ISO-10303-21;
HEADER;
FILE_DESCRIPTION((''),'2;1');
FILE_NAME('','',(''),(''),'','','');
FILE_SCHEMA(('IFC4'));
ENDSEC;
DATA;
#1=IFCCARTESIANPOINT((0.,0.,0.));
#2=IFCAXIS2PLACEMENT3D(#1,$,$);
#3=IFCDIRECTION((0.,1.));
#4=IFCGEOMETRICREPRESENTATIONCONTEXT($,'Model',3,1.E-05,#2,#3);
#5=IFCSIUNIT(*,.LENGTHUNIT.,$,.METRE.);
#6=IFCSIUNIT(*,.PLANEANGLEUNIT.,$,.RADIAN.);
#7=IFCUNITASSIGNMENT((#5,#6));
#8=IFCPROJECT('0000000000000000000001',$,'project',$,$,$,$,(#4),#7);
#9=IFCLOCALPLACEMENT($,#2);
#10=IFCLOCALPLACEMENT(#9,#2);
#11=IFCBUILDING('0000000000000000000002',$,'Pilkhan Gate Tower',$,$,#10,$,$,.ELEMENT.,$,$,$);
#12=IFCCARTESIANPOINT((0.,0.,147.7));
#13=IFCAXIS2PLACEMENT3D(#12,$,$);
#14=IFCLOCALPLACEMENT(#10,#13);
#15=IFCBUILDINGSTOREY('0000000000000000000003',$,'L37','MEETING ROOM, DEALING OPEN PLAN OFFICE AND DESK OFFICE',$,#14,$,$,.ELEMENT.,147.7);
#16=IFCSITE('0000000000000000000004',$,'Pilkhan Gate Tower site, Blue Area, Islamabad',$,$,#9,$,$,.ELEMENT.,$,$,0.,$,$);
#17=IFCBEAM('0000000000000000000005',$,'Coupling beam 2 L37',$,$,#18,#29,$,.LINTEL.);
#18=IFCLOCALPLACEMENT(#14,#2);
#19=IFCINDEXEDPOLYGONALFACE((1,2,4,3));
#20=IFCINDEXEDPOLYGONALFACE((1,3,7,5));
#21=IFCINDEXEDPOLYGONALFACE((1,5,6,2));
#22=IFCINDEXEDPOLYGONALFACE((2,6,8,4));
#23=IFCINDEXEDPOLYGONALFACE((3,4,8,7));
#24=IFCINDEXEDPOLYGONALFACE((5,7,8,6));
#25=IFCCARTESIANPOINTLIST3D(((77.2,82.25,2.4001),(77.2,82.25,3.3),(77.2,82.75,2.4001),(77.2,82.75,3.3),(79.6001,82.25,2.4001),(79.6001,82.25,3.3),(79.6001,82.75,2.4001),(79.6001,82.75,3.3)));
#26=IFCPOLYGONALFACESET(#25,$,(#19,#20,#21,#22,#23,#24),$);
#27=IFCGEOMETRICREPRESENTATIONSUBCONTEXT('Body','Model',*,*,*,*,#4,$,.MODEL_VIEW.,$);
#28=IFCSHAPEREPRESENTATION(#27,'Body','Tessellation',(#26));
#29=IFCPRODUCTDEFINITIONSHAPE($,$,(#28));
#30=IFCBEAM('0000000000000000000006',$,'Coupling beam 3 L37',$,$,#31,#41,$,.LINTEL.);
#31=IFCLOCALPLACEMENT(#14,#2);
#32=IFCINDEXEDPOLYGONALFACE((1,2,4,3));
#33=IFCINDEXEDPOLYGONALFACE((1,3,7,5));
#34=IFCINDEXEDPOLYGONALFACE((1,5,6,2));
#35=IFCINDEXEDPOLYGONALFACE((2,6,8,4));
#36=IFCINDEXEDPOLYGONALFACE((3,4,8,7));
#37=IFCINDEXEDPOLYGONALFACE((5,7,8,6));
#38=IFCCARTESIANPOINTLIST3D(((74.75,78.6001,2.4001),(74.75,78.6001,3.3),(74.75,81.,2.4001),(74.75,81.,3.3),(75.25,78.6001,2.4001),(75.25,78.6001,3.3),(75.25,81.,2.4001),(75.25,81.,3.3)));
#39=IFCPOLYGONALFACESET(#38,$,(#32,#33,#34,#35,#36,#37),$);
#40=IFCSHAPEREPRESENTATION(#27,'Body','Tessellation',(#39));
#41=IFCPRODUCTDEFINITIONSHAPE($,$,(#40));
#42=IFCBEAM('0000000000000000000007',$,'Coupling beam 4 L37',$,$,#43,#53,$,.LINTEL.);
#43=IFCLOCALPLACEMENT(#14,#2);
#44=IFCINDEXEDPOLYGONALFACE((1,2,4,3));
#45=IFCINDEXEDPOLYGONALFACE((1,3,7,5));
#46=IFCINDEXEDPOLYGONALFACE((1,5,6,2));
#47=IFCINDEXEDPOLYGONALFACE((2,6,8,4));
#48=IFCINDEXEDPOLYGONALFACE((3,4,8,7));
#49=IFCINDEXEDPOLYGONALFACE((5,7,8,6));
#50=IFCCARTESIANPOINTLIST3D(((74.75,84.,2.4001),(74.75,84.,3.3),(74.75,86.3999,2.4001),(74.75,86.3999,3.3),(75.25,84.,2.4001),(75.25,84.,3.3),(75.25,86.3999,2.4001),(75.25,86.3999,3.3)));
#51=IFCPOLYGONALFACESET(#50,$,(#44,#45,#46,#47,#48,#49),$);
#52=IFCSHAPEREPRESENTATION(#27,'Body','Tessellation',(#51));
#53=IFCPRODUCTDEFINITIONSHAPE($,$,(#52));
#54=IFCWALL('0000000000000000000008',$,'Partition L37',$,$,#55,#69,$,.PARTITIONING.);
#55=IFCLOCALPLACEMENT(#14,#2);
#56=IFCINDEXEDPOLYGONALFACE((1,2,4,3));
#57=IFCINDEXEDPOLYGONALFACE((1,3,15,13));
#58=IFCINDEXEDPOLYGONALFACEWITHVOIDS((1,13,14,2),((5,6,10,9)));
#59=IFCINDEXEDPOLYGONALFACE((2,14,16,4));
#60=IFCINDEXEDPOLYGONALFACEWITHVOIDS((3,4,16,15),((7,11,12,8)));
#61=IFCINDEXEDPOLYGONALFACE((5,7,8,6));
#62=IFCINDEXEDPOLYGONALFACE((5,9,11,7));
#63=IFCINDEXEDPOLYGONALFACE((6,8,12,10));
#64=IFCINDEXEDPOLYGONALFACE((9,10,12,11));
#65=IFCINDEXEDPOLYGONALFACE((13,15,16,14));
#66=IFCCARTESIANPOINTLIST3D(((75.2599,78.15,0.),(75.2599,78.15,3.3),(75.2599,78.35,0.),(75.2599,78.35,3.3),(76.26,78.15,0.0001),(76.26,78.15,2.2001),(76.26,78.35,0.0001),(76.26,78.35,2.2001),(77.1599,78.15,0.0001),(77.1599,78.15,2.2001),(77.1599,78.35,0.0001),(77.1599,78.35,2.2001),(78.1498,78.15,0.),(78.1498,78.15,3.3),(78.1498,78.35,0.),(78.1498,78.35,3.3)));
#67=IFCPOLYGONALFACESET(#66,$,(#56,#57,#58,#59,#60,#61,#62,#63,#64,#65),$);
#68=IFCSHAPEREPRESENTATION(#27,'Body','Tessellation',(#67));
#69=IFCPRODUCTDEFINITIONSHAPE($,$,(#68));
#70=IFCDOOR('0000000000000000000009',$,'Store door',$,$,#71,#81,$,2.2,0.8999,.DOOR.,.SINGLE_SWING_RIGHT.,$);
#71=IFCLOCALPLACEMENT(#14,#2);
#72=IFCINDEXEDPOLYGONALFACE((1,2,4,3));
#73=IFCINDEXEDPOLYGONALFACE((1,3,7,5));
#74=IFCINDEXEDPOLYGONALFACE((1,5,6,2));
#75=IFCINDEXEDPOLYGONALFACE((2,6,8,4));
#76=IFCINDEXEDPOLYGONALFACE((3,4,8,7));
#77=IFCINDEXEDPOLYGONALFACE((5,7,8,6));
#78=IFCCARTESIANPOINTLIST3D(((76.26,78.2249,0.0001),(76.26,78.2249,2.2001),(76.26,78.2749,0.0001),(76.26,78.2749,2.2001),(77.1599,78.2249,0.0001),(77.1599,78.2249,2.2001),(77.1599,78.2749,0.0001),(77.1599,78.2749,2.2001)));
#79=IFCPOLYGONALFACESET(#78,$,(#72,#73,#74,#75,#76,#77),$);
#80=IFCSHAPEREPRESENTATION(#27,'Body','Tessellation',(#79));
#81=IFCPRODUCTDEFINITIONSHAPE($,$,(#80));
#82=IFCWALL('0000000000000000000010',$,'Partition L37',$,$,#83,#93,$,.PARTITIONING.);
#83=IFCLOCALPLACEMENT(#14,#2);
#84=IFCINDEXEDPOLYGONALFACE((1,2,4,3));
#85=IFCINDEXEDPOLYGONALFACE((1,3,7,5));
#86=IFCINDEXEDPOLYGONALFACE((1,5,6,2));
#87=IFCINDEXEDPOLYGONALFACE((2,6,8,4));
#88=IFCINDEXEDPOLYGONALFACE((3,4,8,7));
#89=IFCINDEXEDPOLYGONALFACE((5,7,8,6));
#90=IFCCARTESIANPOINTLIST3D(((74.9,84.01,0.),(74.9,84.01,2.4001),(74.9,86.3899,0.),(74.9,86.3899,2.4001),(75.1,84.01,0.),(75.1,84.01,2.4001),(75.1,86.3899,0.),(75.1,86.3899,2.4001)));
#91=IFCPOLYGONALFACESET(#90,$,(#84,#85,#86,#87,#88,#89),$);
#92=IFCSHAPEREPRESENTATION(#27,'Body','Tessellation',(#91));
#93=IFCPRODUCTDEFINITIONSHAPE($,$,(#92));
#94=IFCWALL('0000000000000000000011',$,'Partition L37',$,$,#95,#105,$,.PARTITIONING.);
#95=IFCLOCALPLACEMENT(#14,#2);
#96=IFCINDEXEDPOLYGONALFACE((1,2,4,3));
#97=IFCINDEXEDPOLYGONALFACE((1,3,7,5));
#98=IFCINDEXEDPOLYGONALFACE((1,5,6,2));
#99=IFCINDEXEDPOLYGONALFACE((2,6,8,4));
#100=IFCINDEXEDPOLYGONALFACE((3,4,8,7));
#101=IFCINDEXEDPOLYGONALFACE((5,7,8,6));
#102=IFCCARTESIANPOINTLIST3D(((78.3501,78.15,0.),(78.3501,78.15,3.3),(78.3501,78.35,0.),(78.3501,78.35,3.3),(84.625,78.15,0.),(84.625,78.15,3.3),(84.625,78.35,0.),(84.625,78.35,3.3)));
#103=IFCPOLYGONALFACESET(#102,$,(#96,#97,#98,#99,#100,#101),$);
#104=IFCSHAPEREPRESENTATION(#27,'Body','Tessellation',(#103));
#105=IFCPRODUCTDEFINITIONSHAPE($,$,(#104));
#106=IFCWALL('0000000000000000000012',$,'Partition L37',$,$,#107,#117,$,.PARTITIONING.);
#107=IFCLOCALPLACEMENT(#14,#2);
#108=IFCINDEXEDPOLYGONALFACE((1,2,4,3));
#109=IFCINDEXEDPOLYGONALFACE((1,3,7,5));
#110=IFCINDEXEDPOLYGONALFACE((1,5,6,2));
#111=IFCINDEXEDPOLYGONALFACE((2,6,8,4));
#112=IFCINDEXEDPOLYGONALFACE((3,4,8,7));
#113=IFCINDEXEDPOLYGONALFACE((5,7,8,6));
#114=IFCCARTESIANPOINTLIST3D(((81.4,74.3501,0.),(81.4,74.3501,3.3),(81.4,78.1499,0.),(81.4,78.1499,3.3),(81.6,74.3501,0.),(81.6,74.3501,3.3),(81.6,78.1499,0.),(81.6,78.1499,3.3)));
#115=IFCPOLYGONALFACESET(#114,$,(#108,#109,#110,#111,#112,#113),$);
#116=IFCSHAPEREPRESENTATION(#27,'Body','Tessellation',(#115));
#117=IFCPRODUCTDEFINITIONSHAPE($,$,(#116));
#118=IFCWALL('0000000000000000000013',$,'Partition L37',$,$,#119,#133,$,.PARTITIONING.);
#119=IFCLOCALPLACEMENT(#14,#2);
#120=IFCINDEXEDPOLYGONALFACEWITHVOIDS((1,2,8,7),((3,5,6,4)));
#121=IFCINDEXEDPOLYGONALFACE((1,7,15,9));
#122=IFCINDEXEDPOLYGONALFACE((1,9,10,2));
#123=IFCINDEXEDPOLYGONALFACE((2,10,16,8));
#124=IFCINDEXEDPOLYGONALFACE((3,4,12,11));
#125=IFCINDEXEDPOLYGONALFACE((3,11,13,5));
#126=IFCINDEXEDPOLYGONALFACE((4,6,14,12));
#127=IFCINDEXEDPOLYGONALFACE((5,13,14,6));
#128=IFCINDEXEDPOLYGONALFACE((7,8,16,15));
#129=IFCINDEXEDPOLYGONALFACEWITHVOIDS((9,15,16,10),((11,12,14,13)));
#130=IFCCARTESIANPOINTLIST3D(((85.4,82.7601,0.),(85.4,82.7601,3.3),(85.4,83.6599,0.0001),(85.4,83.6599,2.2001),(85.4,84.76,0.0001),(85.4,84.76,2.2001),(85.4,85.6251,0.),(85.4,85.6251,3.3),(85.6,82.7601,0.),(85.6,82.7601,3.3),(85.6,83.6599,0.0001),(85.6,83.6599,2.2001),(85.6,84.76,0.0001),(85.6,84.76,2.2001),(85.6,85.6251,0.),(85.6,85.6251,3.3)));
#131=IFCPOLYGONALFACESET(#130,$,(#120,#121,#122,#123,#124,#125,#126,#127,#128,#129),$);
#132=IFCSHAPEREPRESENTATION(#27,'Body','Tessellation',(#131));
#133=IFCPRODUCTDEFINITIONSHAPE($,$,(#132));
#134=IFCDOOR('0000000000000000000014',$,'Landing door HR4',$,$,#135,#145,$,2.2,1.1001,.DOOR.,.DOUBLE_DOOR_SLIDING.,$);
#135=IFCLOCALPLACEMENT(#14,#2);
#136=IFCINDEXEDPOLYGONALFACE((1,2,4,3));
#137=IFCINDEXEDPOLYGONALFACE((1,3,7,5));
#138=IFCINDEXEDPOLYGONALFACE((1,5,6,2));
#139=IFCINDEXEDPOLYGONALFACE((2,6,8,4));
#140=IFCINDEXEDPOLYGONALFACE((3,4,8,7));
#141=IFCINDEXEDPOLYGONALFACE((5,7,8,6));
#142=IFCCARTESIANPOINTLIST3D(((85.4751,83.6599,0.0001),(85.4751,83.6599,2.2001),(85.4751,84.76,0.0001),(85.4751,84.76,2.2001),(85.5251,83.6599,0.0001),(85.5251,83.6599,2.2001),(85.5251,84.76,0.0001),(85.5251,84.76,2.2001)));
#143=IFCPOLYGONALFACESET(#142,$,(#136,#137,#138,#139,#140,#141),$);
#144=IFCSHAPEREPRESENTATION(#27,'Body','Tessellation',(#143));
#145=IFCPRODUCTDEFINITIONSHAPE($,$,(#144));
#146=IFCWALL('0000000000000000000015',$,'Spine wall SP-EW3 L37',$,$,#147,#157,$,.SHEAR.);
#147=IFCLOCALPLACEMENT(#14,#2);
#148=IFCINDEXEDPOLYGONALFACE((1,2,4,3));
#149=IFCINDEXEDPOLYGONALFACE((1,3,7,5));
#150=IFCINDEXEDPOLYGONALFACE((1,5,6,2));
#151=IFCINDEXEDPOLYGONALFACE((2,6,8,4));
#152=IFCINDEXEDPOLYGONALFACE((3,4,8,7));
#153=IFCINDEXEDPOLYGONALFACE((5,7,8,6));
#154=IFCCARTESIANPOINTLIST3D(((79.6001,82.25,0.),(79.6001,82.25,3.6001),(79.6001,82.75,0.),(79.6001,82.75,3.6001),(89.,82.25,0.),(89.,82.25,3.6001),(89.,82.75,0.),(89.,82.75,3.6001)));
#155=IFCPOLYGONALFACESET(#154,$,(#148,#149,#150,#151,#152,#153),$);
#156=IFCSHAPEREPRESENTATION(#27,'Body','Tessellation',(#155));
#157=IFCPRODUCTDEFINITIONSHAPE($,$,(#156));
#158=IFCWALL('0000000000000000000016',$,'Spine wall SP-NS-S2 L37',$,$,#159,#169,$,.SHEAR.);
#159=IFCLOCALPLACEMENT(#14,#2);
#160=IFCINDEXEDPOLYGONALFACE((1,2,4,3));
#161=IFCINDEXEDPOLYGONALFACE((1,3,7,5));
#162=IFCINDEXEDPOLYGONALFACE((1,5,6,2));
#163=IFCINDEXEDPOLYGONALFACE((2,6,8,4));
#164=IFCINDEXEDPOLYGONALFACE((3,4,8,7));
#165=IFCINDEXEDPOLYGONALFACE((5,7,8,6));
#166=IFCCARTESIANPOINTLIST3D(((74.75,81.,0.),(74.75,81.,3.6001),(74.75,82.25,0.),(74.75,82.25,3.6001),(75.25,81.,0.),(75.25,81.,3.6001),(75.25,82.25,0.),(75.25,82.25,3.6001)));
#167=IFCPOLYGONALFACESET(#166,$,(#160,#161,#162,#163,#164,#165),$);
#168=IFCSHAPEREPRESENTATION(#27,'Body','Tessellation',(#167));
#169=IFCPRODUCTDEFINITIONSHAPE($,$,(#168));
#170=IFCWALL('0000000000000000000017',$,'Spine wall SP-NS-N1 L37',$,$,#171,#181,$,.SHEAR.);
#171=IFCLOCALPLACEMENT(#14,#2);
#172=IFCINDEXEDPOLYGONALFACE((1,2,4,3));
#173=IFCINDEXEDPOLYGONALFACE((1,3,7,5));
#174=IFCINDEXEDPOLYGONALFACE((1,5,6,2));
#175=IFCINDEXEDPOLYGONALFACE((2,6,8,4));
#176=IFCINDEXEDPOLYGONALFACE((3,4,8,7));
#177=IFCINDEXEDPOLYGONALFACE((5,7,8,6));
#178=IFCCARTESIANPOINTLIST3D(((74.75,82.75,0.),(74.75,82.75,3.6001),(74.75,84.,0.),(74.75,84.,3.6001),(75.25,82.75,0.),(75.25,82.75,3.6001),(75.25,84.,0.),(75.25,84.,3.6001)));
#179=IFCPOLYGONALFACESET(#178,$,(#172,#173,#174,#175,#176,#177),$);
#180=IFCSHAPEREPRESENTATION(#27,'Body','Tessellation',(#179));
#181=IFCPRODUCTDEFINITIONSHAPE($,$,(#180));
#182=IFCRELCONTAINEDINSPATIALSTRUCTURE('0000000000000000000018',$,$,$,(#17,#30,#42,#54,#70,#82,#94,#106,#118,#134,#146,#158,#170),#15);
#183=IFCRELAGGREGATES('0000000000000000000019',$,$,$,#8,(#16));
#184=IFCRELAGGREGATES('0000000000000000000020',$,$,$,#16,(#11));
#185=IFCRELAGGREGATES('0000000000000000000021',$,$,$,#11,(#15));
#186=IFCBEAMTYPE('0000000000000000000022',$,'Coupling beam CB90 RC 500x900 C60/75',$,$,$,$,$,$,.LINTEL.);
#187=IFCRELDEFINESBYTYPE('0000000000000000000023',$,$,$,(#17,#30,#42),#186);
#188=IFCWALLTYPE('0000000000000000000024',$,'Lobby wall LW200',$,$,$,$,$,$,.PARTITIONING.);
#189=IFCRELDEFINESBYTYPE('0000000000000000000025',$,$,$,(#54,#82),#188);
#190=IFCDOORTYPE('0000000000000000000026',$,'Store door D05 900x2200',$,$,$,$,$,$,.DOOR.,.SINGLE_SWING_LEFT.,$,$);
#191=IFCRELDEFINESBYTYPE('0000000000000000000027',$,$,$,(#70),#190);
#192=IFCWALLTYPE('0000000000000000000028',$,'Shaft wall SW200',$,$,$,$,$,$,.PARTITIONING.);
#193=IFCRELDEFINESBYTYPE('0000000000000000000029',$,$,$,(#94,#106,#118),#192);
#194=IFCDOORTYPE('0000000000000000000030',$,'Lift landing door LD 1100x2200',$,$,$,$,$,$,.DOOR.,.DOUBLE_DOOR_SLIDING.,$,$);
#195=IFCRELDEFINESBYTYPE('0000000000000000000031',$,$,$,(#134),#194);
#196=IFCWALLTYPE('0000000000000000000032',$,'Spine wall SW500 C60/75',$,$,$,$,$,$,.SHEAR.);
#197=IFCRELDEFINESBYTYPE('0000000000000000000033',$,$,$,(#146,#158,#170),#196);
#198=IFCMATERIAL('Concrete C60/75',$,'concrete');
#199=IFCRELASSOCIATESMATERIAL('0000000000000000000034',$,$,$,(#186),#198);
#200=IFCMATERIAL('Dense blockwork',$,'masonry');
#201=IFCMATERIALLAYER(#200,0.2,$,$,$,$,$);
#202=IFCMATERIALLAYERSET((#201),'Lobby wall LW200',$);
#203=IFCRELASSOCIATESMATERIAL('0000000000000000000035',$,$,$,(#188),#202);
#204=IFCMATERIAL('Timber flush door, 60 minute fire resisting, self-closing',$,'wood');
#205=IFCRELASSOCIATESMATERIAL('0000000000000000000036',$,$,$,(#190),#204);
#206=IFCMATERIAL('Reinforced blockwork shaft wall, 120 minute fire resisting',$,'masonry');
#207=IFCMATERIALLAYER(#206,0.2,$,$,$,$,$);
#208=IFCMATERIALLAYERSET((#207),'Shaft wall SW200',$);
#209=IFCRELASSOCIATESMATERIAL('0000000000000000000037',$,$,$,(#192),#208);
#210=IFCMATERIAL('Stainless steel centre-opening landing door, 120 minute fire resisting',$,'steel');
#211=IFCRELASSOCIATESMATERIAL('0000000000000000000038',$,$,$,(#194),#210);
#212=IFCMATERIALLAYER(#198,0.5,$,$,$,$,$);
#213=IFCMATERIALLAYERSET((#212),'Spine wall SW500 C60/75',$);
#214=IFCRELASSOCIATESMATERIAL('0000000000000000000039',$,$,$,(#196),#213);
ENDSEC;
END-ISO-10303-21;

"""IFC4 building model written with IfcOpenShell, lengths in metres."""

from ifc_helpers import new_model, si_unit, direction, frame, frame_2d, origin, origin_2d, place, context, subcontext, project, spatial, rectangle, extrude, material, layer, layer_set, material_profile, profile_set, type_object, element, fill, save


model = new_model("IFC4")

# Units and contexts
model_context = context("Model", 3, precision=1e-05, world=origin(), true_north=direction((0.0, 1.0)))
body_context = subcontext(model_context, "Body", "Model", "MODEL_VIEW")
ifc_project = project(units=[si_unit("LENGTHUNIT", "METRE"), si_unit("PLANEANGLEUNIT", "RADIAN")], contexts=[model_context])

# Site, building, storey
site_placement = place(None, origin())
site = spatial("IfcSite", under=ifc_project, at=site_placement, Name="Pilkhan Gate Tower site, Blue Area, Islamabad", CompositionType="ELEMENT", RefElevation=0.0)
building_placement = place(site_placement, origin())
building = spatial("IfcBuilding", under=site, at=building_placement, Name="Pilkhan Gate Tower", CompositionType="ELEMENT")
storey_placement = place(building_placement, frame((0.0, 0.0, 147.7)))
storey = spatial("IfcBuildingStorey", under=building, at=storey_placement, Name="L37", Description="MEETING ROOM, DEALING OPEN PLAN OFFICE AND DESK OFFICE", CompositionType="ELEMENT", Elevation=147.7)

# Beams
ifc_material_1 = material(Name="Concrete C60/75", Category="concrete")
ifc_material_profile = material_profile(ifc_material_1, rectangle(XDim=0.5, YDim=0.8999, at=origin_2d()), Name="RC 500x900")
ifc_profile_set = profile_set([ifc_material_profile], Name="Concrete C60/75")
beam_type = type_object("IfcBeamType", Name="Coupling beam CB90 RC 500x900 C60/75", PredefinedType="LINTEL", material=ifc_profile_set)
beam_placement = place(storey_placement, frame((77.2, 82.5, 2.8501), z_axis=(1.0, 0.0, 0.0), x_axis=(0.0, 1.0, 0.0)))
element("IfcBeam", 1, at=beam_placement, inside=storey, type_object=beam_type, Name="Coupling beam 2 L37", PredefinedType="LINTEL", context=body_context, shape_type="SweptSolid", body=[
    extrude(rectangle(XDim=0.5, YDim=0.8999, at=origin_2d()), origin(), (0.0, 0.0, 1.0), 2.4001),
])
for number, where, z_axis, x_axis, name in (
    (2, (75.0, 78.6001, 2.8501), (0.0, 1.0, 0.0), (-1.0, 0.0, 0.0), "Coupling beam 3 L37"),
    (3, (75.0, 84.0, 2.8501), (0.0, 1.0, 0.0), (-1.0, 0.0, 0.0), "Coupling beam 4 L37"),
):
    element("IfcBeam", number, at=place(storey_placement, frame(where, z_axis=z_axis, x_axis=x_axis)), inside=storey, type_object=beam_type, Name=name, PredefinedType="LINTEL", context=body_context, shape_type="SweptSolid", body=[
        extrude(rectangle(XDim=0.5, YDim=0.8999, at=origin_2d()), origin(), (0.0, 0.0, 1.0), 2.3999),
    ])

# Wall, opening, door
ifc_material_2 = material(Name="Dense blockwork", Category="masonry")
ifc_layer_1 = layer(ifc_material_2, 0.2)
ifc_layer_set_1 = layer_set([ifc_layer_1], Name="Lobby wall LW200")
wall_type_1 = type_object("IfcWallType", Name="Lobby wall LW200", PredefinedType="PARTITIONING", material=ifc_layer_set_1)
wall_1_placement = place(storey_placement, frame((75.26, 78.25, 0.0), z_axis=(0.0, 0.0, 1.0), x_axis=(1.0, 0.0, 0.0)))
wall_1 = element("IfcWall", 4, at=wall_1_placement, inside=storey, type_object=wall_type_1, Name="Partition L37", PredefinedType="PARTITIONING", context=body_context, shape_type="SweptSolid", body=[
    extrude(rectangle(XDim=2.8899, YDim=0.2, at=frame_2d((1.4448, 0.0))), origin(), (0.0, 0.0, 1.0), 3.3),
])
opening_1_placement = place(wall_1_placement, frame((1.0, 0.0, 0.0)))
opening_1 = element("IfcOpeningElement", 5, at=opening_1_placement, cuts=wall_1, PredefinedType="OPENING", context=body_context, shape_type="SweptSolid", body=[
    extrude(rectangle(XDim=0.8999, YDim=2.2, at=frame_2d((0.45, 1.1001))), frame((0.0, 0.1099, 0.0), z_axis=(0.0, -1.0, 0.0), x_axis=(1.0, 0.0, 0.0)), (0.0, 0.0, 1.0), 0.22),
])
ifc_material_3 = material(Name="Timber flush door, 60 minute fire resisting, self-closing", Category="wood")
door_type_1 = type_object("IfcDoorType", Name="Store door D05 900x2200", OperationType="SINGLE_SWING_LEFT", PredefinedType="DOOR", material=ifc_material_3)
door_1_placement = place(opening_1_placement, origin())
door_1 = element("IfcDoor", 6, at=door_1_placement, inside=storey, type_object=door_type_1, Name="Store door", OperationType="SINGLE_SWING_RIGHT", OverallHeight=2.2, OverallWidth=0.8999, PredefinedType="DOOR", context=body_context, shape_type="SweptSolid", body=[
    extrude(rectangle(XDim=0.8999, YDim=2.2, at=frame_2d((0.45, 1.1001))), frame((0.0, 0.0249, 0.0), z_axis=(0.0, -1.0, 0.0), x_axis=(1.0, 0.0, 0.0)), (0.0, 0.0, 1.0), 0.05),
])
fill(opening_1, door_1)

# Walls
wall_2_placement = place(storey_placement, frame((75.0, 84.01, 0.0), z_axis=(0.0, 0.0, 1.0), x_axis=(0.0, 1.0, 0.0)))
element("IfcWall", 7, at=wall_2_placement, inside=storey, type_object=wall_type_1, Name="Partition L37", PredefinedType="PARTITIONING", context=body_context, shape_type="SweptSolid", body=[
    extrude(rectangle(XDim=2.3799, YDim=0.2, at=frame_2d((1.1899, 0.0))), origin(), (0.0, 0.0, 1.0), 2.4001),
])
ifc_material_4 = material(Name="Reinforced blockwork shaft wall, 120 minute fire resisting", Category="masonry")
ifc_layer_2 = layer(ifc_material_4, 0.2)
ifc_layer_set_2 = layer_set([ifc_layer_2], Name="Shaft wall SW200")
wall_type_2 = type_object("IfcWallType", Name="Shaft wall SW200", PredefinedType="PARTITIONING", material=ifc_layer_set_2)
wall_3_placement = place(storey_placement, frame((78.3501, 78.25, 0.0), z_axis=(0.0, 0.0, 1.0), x_axis=(1.0, 0.0, 0.0)))
element("IfcWall", 8, at=wall_3_placement, inside=storey, type_object=wall_type_2, Name="Partition L37", PredefinedType="PARTITIONING", context=body_context, shape_type="SweptSolid", body=[
    extrude(rectangle(XDim=6.2749, YDim=0.2, at=frame_2d((3.1375, 0.0))), origin(), (0.0, 0.0, 1.0), 3.3),
])
wall_4_placement = place(storey_placement, frame((81.5, 74.3501, 0.0), z_axis=(0.0, 0.0, 1.0), x_axis=(0.0, 1.0, 0.0)))
element("IfcWall", 9, at=wall_4_placement, inside=storey, type_object=wall_type_2, Name="Partition L37", PredefinedType="PARTITIONING", context=body_context, shape_type="SweptSolid", body=[
    extrude(rectangle(XDim=3.7998, YDim=0.2, at=frame_2d((1.8999, 0.0))), origin(), (0.0, 0.0, 1.0), 3.3),
])

# Wall, opening, door
wall_5_placement = place(storey_placement, frame((85.5, 82.76, 0.0), z_axis=(0.0, 0.0, 1.0), x_axis=(0.0, 1.0, 0.0)))
wall_5 = element("IfcWall", 10, at=wall_5_placement, inside=storey, type_object=wall_type_2, Name="Partition L37", PredefinedType="PARTITIONING", context=body_context, shape_type="SweptSolid", body=[
    extrude(rectangle(XDim=2.865, YDim=0.2, at=frame_2d((1.4326, 0.0))), origin(), (0.0, 0.0, 1.0), 3.3),
])
opening_2_placement = place(wall_5_placement, frame((0.8999, 0.0, 0.0)))
opening_2 = element("IfcOpeningElement", 11, at=opening_2_placement, cuts=wall_5, PredefinedType="OPENING", context=body_context, shape_type="SweptSolid", body=[
    extrude(rectangle(XDim=1.1001, YDim=2.2, at=frame_2d((0.55, 1.1001))), frame((0.0, 0.1099, 0.0), z_axis=(0.0, -1.0, 0.0), x_axis=(1.0, 0.0, 0.0)), (0.0, 0.0, 1.0), 0.22),
])
ifc_material_5 = material(Name="Stainless steel centre-opening landing door, 120 minute fire resisting", Category="steel")
door_type_2 = type_object("IfcDoorType", Name="Lift landing door LD 1100x2200", OperationType="DOUBLE_DOOR_SLIDING", PredefinedType="DOOR", material=ifc_material_5)
door_2_placement = place(opening_2_placement, origin())
door_2 = element("IfcDoor", 12, at=door_2_placement, inside=storey, type_object=door_type_2, Name="Landing door HR4", OperationType="DOUBLE_DOOR_SLIDING", OverallHeight=2.2, OverallWidth=1.1001, PredefinedType="DOOR", context=body_context, shape_type="SweptSolid", body=[
    extrude(rectangle(XDim=1.1001, YDim=2.2, at=frame_2d((0.55, 1.1001))), frame((0.0, 0.0249, 0.0), z_axis=(0.0, -1.0, 0.0), x_axis=(1.0, 0.0, 0.0)), (0.0, 0.0, 1.0), 0.05),
])
fill(opening_2, door_2)

# Walls
ifc_layer_3 = layer(ifc_material_1, 0.5)
ifc_layer_set_3 = layer_set([ifc_layer_3], Name="Spine wall SW500 C60/75")
wall_type_3 = type_object("IfcWallType", Name="Spine wall SW500 C60/75", PredefinedType="SHEAR", material=ifc_layer_set_3)
wall_6_placement = place(storey_placement, frame((79.6001, 82.5, 0.0), z_axis=(0.0, 0.0, 1.0), x_axis=(1.0, 0.0, 0.0)))
element("IfcWall", 13, at=wall_6_placement, inside=storey, type_object=wall_type_3, Name="Spine wall SP-EW3 L37", PredefinedType="SHEAR", context=body_context, shape_type="SweptSolid", body=[
    extrude(rectangle(XDim=9.3999, YDim=0.5, at=frame_2d((4.7, 0.0))), origin(), (0.0, 0.0, 1.0), 3.6001),
])
for number, where, z_axis, x_axis, name in (
    (14, (75.0, 81.0, 0.0), (0.0, 0.0, 1.0), (0.0, 1.0, 0.0), "Spine wall SP-NS-S2 L37"),
    (15, (75.0, 82.75, 0.0), (0.0, 0.0, 1.0), (0.0, 1.0, 0.0), "Spine wall SP-NS-N1 L37"),
):
    element("IfcWall", number, at=place(storey_placement, frame(where, z_axis=z_axis, x_axis=x_axis)), inside=storey, type_object=wall_type_3, Name=name, PredefinedType="SHEAR", context=body_context, shape_type="SweptSolid", body=[
        extrude(rectangle(XDim=1.25, YDim=0.5, at=frame_2d((0.625, 0.0))), origin(), (0.0, 0.0, 1.0), 3.6001),
    ])

save(model, "model.ifc")
